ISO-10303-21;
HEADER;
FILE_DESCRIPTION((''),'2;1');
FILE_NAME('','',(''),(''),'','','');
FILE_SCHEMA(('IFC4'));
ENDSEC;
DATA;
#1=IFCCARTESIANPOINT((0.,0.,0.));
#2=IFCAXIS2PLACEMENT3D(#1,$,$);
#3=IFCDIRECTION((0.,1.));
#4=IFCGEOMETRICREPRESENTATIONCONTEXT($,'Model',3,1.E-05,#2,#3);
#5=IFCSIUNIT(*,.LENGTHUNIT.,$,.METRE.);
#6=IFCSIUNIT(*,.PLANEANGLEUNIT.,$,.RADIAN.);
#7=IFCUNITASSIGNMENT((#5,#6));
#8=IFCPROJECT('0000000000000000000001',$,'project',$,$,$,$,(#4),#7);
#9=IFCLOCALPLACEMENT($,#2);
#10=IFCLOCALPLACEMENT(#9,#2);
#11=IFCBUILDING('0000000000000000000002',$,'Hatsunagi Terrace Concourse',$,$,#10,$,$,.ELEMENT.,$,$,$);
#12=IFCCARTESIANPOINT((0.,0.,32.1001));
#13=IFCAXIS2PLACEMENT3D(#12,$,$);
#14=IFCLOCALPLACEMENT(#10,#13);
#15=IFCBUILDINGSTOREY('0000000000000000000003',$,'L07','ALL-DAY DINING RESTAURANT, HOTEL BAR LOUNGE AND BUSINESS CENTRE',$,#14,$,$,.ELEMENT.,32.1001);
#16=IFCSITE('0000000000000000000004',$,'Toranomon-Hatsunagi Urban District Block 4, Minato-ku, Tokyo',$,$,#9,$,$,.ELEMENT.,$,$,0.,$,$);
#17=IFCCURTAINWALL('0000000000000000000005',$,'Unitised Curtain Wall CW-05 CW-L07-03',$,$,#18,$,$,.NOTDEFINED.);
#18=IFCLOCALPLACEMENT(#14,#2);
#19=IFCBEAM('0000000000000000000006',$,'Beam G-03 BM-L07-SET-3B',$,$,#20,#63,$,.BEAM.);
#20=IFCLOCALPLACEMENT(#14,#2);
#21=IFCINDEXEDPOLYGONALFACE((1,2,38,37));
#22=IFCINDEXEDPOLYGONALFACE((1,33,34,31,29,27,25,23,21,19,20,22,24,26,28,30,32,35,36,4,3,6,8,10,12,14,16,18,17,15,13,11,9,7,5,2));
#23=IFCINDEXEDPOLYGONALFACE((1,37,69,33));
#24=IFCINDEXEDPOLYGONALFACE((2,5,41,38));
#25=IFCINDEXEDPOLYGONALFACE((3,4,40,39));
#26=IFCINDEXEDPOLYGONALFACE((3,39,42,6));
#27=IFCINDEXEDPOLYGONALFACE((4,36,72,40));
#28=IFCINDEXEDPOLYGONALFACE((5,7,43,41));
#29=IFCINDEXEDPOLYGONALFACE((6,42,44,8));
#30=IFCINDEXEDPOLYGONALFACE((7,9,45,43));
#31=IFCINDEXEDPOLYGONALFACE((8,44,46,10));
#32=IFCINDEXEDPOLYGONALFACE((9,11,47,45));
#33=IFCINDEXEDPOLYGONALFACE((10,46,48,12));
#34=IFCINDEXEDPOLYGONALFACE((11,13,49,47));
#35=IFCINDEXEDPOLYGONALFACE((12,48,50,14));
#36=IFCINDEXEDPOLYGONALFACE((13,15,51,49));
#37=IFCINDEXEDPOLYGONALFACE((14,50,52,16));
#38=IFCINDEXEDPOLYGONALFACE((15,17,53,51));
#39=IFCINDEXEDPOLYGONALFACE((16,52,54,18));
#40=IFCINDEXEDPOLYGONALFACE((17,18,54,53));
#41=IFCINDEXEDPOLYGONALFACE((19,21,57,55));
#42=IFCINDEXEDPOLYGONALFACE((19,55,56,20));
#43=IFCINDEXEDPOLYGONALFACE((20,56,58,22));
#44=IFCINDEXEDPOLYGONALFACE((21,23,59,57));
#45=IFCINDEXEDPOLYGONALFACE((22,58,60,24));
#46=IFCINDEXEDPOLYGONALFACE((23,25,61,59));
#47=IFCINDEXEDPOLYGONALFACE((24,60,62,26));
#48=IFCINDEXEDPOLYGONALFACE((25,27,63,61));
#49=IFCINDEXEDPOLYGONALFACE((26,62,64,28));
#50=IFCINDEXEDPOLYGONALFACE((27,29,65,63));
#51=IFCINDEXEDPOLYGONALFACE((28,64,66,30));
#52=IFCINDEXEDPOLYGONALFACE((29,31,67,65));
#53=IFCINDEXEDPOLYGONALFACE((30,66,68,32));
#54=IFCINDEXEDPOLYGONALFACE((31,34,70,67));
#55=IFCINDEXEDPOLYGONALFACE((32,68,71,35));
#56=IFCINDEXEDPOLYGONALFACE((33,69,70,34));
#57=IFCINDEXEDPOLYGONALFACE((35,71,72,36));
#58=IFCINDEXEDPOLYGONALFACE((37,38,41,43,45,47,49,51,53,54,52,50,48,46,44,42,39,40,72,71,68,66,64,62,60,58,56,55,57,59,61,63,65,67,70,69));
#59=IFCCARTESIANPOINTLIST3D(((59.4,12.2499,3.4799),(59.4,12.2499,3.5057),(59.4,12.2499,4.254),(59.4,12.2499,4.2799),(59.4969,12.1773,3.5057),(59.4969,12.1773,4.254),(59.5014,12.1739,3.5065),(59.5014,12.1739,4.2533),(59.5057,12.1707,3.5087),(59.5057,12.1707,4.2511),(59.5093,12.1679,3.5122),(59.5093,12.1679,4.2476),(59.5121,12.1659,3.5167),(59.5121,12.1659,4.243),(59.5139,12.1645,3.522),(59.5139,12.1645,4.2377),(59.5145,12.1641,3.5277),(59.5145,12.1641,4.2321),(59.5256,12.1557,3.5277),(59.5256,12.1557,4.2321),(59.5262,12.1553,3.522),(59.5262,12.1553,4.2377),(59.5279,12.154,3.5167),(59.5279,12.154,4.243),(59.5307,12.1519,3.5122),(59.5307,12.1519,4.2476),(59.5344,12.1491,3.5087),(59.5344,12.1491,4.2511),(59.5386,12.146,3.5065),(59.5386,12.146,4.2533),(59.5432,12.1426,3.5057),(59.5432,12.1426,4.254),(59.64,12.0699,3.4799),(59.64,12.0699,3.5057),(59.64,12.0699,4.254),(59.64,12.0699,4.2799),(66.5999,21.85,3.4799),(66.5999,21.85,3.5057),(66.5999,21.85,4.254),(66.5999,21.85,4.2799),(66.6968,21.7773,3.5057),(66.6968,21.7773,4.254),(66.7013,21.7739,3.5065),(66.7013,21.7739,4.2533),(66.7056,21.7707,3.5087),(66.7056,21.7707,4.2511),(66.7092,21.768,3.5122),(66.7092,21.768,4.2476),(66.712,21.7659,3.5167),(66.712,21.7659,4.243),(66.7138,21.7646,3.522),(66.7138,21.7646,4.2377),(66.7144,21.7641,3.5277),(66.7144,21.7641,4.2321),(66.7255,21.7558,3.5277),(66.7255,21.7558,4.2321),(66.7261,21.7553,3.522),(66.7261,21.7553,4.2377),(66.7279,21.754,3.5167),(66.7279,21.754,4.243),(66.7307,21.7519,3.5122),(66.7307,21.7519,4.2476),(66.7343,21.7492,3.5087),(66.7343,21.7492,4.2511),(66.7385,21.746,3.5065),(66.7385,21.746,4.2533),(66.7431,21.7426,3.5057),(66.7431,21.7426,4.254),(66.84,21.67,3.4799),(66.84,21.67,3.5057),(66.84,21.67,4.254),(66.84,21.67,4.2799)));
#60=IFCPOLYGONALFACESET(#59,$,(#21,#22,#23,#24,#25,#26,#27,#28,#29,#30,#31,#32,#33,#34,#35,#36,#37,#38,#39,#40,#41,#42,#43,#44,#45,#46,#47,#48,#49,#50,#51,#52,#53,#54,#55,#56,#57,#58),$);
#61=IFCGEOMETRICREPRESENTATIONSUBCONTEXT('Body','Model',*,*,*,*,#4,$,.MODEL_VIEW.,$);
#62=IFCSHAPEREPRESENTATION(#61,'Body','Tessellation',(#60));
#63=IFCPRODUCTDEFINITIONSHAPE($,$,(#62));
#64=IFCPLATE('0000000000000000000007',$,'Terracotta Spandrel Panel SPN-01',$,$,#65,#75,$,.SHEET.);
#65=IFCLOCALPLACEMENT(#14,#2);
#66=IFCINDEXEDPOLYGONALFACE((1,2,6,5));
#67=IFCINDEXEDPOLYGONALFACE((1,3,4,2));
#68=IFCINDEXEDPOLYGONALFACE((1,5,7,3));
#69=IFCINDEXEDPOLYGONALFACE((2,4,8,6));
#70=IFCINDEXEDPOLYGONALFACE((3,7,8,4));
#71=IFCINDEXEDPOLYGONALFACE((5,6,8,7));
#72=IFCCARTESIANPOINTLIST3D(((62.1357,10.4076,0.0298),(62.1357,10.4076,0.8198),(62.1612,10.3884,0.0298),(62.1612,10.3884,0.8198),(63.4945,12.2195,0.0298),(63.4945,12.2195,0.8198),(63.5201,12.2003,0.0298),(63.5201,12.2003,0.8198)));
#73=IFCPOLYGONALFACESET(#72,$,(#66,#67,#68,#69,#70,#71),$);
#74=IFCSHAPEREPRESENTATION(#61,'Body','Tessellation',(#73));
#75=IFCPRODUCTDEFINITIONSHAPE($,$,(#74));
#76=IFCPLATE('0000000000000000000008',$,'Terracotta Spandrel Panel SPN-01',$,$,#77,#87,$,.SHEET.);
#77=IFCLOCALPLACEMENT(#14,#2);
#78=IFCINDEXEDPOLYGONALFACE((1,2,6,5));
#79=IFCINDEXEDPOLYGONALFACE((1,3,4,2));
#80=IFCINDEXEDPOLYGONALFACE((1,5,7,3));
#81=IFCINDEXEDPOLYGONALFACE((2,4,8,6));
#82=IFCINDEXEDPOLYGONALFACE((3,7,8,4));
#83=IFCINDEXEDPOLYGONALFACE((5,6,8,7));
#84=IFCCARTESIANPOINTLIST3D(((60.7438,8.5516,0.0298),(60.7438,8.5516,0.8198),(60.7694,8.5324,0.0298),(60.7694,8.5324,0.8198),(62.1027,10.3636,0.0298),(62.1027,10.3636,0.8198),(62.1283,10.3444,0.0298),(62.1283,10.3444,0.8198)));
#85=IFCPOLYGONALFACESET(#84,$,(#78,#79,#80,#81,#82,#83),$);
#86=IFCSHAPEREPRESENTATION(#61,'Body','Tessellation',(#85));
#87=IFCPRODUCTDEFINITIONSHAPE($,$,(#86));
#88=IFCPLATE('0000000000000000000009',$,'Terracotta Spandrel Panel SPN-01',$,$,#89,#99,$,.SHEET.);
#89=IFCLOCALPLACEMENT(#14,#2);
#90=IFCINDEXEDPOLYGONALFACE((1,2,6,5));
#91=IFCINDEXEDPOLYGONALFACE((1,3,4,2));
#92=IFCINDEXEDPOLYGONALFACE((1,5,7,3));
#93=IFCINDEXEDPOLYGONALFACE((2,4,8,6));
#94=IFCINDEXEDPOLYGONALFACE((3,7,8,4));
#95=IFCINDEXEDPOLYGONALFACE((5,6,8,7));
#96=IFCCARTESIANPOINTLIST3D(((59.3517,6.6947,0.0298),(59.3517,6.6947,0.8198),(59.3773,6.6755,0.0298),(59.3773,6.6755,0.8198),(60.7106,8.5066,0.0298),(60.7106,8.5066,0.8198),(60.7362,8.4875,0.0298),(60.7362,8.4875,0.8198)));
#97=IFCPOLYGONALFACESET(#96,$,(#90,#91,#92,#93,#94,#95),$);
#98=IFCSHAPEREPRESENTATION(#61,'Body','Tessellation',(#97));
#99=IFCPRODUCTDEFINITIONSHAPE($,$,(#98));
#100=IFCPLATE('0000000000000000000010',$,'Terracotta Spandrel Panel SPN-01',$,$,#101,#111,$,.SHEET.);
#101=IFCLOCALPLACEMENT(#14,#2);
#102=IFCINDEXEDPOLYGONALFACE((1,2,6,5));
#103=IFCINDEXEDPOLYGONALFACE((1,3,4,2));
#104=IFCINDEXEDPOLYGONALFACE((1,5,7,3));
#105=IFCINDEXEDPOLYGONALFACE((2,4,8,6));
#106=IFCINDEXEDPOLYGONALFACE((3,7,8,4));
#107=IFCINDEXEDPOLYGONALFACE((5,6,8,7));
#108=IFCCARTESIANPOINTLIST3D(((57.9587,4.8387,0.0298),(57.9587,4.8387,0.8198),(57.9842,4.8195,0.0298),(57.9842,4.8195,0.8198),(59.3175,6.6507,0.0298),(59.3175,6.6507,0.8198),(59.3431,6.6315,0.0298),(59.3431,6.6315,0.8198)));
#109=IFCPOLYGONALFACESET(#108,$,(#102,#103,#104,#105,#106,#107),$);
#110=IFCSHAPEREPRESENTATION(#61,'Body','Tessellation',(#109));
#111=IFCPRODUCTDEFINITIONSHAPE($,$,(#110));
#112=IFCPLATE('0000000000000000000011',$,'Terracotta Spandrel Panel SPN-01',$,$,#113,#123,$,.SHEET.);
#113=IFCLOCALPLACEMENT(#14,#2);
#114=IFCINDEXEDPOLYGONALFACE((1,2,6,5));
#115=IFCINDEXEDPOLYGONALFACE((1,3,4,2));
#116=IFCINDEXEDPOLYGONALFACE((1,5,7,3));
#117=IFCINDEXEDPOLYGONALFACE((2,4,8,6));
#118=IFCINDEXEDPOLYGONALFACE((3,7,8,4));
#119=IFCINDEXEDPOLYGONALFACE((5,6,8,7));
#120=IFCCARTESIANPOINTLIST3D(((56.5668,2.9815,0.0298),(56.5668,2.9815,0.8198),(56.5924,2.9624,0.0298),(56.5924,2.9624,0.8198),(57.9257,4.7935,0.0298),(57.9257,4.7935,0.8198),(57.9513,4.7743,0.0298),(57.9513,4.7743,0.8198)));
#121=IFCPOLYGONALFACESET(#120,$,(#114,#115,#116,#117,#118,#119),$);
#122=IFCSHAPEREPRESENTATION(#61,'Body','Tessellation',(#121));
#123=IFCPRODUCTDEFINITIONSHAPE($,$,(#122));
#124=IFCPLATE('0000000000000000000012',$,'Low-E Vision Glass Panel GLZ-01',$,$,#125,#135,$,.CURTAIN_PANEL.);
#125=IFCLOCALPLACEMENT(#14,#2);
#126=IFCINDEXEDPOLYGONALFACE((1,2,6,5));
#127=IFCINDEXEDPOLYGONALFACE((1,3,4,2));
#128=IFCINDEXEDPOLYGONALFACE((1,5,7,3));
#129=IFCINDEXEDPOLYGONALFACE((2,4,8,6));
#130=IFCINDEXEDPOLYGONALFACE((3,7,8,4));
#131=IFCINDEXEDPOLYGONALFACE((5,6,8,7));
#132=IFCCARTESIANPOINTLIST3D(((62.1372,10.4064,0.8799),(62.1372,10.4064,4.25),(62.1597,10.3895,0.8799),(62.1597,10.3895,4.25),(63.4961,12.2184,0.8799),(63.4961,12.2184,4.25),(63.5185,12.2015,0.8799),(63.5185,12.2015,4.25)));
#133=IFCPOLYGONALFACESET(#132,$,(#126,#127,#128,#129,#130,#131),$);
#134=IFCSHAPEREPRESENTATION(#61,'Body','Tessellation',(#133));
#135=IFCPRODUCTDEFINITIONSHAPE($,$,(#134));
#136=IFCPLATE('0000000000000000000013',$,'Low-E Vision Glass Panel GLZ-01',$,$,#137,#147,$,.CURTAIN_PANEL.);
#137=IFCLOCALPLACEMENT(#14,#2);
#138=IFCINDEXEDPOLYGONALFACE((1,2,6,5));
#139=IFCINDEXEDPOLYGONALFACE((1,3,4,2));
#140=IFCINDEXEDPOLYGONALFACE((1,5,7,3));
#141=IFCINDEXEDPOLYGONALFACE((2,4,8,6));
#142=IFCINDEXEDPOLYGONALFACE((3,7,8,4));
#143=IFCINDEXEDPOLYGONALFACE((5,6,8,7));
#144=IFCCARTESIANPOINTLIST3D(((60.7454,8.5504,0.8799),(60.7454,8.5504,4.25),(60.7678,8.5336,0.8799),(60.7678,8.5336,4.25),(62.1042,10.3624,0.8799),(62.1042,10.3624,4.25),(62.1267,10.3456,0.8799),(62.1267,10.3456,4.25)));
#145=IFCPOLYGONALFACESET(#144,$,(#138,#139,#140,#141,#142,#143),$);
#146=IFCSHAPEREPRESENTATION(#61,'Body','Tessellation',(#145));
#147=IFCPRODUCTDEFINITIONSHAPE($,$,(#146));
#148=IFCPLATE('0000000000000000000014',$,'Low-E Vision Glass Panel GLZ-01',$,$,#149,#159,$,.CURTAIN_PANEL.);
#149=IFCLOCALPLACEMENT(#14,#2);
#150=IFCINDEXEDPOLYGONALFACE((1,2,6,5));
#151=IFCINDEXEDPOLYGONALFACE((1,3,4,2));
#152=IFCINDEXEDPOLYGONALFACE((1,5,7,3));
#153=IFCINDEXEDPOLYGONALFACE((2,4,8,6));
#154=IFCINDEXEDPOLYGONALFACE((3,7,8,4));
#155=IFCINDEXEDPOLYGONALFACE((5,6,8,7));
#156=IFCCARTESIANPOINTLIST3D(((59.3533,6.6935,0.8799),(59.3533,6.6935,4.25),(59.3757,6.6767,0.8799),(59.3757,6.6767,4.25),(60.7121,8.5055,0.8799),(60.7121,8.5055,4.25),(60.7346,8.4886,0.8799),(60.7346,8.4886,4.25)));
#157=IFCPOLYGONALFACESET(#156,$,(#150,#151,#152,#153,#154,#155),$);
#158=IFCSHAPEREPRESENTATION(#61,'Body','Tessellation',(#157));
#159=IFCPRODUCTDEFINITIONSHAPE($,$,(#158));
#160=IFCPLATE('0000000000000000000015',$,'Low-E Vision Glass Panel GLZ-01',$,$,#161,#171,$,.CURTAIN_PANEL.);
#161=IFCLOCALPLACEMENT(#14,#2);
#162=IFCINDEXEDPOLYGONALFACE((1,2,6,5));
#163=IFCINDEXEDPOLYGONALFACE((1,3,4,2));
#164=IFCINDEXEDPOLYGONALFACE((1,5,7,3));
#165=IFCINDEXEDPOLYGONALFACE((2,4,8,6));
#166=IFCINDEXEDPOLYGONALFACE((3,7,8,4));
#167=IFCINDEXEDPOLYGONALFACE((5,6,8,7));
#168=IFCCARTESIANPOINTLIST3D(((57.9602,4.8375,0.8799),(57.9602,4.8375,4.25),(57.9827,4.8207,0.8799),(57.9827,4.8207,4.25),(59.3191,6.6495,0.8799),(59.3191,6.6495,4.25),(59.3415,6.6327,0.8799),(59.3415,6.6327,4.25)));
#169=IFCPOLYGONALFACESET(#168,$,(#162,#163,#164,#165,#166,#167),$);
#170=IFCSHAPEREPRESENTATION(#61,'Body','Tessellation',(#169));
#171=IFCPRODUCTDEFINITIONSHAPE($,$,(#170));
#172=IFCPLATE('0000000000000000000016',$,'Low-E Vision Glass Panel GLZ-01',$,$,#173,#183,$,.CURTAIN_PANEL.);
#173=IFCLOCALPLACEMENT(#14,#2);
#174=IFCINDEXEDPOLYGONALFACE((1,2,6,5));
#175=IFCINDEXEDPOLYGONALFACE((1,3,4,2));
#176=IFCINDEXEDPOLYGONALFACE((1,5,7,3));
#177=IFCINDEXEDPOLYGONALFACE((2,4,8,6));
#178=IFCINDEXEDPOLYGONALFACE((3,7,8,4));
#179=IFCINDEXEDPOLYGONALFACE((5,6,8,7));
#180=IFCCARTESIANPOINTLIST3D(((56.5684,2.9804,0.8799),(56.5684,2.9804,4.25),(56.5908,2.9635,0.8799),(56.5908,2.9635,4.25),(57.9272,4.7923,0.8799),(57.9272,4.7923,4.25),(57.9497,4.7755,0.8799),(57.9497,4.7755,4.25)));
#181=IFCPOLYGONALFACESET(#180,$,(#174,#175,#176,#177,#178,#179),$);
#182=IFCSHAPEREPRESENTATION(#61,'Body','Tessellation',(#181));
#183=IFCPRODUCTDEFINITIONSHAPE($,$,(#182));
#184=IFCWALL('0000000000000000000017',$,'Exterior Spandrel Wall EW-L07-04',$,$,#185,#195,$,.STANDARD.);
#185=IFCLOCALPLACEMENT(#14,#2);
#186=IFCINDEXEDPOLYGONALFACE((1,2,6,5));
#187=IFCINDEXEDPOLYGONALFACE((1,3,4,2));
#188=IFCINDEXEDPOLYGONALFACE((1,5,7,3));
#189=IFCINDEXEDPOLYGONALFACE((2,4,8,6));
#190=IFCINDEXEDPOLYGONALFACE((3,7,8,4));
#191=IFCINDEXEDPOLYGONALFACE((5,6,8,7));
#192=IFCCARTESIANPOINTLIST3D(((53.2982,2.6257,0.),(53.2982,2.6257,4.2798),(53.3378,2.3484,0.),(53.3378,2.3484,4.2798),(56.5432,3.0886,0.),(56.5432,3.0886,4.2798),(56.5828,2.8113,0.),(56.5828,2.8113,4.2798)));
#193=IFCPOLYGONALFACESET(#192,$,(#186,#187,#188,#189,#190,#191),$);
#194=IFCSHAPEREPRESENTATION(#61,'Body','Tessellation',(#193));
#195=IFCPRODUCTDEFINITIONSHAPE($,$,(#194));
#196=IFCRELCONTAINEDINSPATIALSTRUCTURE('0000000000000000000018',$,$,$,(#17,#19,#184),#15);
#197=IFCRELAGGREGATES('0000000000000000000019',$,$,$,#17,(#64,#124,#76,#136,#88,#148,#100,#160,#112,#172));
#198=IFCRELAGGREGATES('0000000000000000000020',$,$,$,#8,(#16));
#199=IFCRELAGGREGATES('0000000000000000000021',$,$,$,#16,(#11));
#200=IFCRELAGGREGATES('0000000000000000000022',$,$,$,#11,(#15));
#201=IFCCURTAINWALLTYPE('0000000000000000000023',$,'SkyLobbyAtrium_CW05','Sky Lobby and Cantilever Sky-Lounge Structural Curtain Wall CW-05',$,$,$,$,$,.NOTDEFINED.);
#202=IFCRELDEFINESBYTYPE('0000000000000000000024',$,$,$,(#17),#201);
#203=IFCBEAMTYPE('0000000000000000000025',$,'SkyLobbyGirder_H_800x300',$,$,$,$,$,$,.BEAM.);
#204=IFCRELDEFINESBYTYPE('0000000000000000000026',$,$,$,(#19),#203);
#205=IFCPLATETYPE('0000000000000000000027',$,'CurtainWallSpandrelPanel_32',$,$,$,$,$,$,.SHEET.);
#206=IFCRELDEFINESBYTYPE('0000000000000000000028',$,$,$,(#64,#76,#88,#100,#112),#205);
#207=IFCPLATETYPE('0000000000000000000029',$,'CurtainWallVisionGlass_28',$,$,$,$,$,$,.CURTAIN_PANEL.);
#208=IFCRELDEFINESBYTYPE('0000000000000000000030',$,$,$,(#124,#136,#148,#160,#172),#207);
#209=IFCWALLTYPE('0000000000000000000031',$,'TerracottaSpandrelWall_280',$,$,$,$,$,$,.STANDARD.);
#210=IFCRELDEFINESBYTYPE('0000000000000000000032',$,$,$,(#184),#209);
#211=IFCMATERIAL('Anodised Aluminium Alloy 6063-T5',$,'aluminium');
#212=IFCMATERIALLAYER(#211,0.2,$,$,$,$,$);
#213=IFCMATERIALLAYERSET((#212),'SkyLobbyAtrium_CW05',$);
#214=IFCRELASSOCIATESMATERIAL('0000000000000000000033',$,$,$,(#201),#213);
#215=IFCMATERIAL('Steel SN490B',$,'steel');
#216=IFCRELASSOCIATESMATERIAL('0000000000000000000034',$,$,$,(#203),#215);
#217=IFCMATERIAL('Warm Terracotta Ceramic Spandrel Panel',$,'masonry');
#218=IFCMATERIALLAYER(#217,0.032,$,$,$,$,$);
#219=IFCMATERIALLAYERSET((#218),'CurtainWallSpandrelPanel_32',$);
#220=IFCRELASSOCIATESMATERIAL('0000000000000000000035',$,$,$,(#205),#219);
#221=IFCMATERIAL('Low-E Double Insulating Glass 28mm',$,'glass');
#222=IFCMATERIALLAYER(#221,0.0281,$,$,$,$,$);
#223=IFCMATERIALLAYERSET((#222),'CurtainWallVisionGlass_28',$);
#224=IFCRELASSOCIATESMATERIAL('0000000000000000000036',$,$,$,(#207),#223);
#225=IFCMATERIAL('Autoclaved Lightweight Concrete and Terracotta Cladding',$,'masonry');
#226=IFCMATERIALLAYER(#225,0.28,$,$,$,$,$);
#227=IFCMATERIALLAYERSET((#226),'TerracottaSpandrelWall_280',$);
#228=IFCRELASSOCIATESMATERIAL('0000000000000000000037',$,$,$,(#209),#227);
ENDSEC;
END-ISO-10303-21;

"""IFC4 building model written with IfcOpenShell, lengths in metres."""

from ifc_helpers import new_model, si_unit, direction, frame, frame_2d, origin, origin_2d, place, context, subcontext, project, spatial, rectangle, i_section, extrude, material, layer, layer_set, material_profile, profile_set, type_object, element, aggregate, save


model = new_model("IFC4")

# Units and contexts
model_context = context("Model", 3, precision=1e-05, world=origin(), true_north=direction((0.0, 1.0)))
body_context = subcontext(model_context, "Body", "Model", "MODEL_VIEW")
ifc_project = project(units=[si_unit("LENGTHUNIT", "METRE"), si_unit("PLANEANGLEUNIT", "RADIAN")], contexts=[model_context])

# Site, building, storey
site_placement = place(None, origin())
site = spatial("IfcSite", under=ifc_project, at=site_placement, Name="Toranomon-Hatsunagi Urban District Block 4, Minato-ku, Tokyo", CompositionType="ELEMENT", RefElevation=0.0)
building_placement = place(site_placement, origin())
building = spatial("IfcBuilding", under=site, at=building_placement, Name="Hatsunagi Terrace Concourse", CompositionType="ELEMENT")
storey_placement = place(building_placement, frame((0.0, 0.0, 32.1001)))
storey = spatial("IfcBuildingStorey", under=building, at=storey_placement, Name="L07", Description="ALL-DAY DINING RESTAURANT, HOTEL BAR LOUNGE AND BUSINESS CENTRE", CompositionType="ELEMENT", Elevation=32.1001)

# Curtain wall
ifc_material_1 = material(Name="Anodised Aluminium Alloy 6063-T5", Category="aluminium")
ifc_layer_1 = layer(ifc_material_1, 0.2)
ifc_layer_set_1 = layer_set([ifc_layer_1], Name="SkyLobbyAtrium_CW05")
curtain_wall_type = type_object("IfcCurtainWallType", Name="SkyLobbyAtrium_CW05", Description="Sky Lobby and Cantilever Sky-Lounge Structural Curtain Wall CW-05", PredefinedType="NOTDEFINED", material=ifc_layer_set_1)
curtain_wall_placement = place(storey_placement, origin())
curtain_wall = element("IfcCurtainWall", 1, at=curtain_wall_placement, inside=storey, type_object=curtain_wall_type, Name="Unitised Curtain Wall CW-05 CW-L07-03", PredefinedType="NOTDEFINED")

# Beam
ifc_material_2 = material(Name="Steel SN490B", Category="steel")
ifc_material_profile_1 = material_profile(ifc_material_2, i_section(OverallWidth=0.3, OverallDepth=0.8, WebThickness=0.0139, FlangeThickness=0.0259, FilletRadius=0.022, at=origin_2d()), Name="H-800x300x14x26")
ifc_profile_set_1 = profile_set([ifc_material_profile_1], Name="Steel SN490B")
beam_type = type_object("IfcBeamType", Name="SkyLobbyGirder_H_800x300", PredefinedType="BEAM", material=ifc_profile_set_1)
beam_1_placement = place(storey_placement, frame((59.52, 12.1599, 3.8799), z_axis=(0.599993, 0.800005, 0.0), x_axis=(-0.800005, 0.599993, 0.0)))
element("IfcBeam", 2, at=beam_1_placement, inside=storey, type_object=beam_type, Name="Beam G-03 BM-L07-SET-3B", PredefinedType="BEAM", context=body_context, shape_type="SweptSolid", body=[
    extrude(i_section(OverallWidth=0.3, OverallDepth=0.8, WebThickness=0.0139, FlangeThickness=0.0259, FilletRadius=0.022, at=origin_2d()), origin(), (0.0, 0.0, 1.0), 12.0),
])

# Plates
ifc_material_3 = material(Name="Warm Terracotta Ceramic Spandrel Panel", Category="masonry")
ifc_layer_2 = layer(ifc_material_3, 0.032)
ifc_layer_set_2 = layer_set([ifc_layer_2], Name="CurtainWallSpandrelPanel_32")
plate_type_1 = type_object("IfcPlateType", Name="CurtainWallSpandrelPanel_32", PredefinedType="SHEET", material=ifc_layer_set_2)
plate_1_placement = place(storey_placement, frame((62.8279, 11.304, 0.0298), z_axis=(0.0, 0.0, 1.0), x_axis=(-0.599969, -0.800023, 0.0)))
plate_1 = element("IfcPlate", 3, at=plate_1_placement, type_object=plate_type_1, Name="Terracotta Spandrel Panel SPN-01", PredefinedType="SHEET", context=body_context, shape_type="SweptSolid", body=[
    extrude(rectangle(XDim=2.2649, YDim=0.032, at=origin_2d()), origin(), (0.0, 0.0, 1.0), 0.79),
])
plate_2_placement = place(storey_placement, frame((61.436, 9.448, 0.0298), z_axis=(0.0, 0.0, 1.0), x_axis=(-0.599969, -0.800023, 0.0)))
plate_2 = element("IfcPlate", 4, at=plate_2_placement, type_object=plate_type_1, Name="Terracotta Spandrel Panel SPN-01", PredefinedType="SHEET", context=body_context, shape_type="SweptSolid", body=[
    extrude(rectangle(XDim=2.2649, YDim=0.032, at=origin_2d()), origin(), (0.0, 0.0, 1.0), 0.79),
])
plate_3_placement = place(storey_placement, frame((60.0439, 7.5911, 0.0298), z_axis=(0.0, 0.0, 1.0), x_axis=(-0.599969, -0.800023, 0.0)))
plate_3 = element("IfcPlate", 5, at=plate_3_placement, type_object=plate_type_1, Name="Terracotta Spandrel Panel SPN-01", PredefinedType="SHEET", context=body_context, shape_type="SweptSolid", body=[
    extrude(rectangle(XDim=2.2649, YDim=0.032, at=origin_2d()), origin(), (0.0, 0.0, 1.0), 0.79),
])
plate_4_placement = place(storey_placement, frame((58.6509, 5.7351, 0.0298), z_axis=(0.0, 0.0, 1.0), x_axis=(-0.599969, -0.800023, 0.0)))
plate_4 = element("IfcPlate", 6, at=plate_4_placement, type_object=plate_type_1, Name="Terracotta Spandrel Panel SPN-01", PredefinedType="SHEET", context=body_context, shape_type="SweptSolid", body=[
    extrude(rectangle(XDim=2.2649, YDim=0.032, at=origin_2d()), origin(), (0.0, 0.0, 1.0), 0.79),
])
plate_5_placement = place(storey_placement, frame((57.259, 3.8779, 0.0298), z_axis=(0.0, 0.0, 1.0), x_axis=(-0.599969, -0.800023, 0.0)))
plate_5 = element("IfcPlate", 7, at=plate_5_placement, type_object=plate_type_1, Name="Terracotta Spandrel Panel SPN-01", PredefinedType="SHEET", context=body_context, shape_type="SweptSolid", body=[
    extrude(rectangle(XDim=2.2649, YDim=0.032, at=origin_2d()), origin(), (0.0, 0.0, 1.0), 0.79),
])
ifc_material_4 = material(Name="Low-E Double Insulating Glass 28mm", Category="glass")
ifc_layer_3 = layer(ifc_material_4, 0.0281)
ifc_layer_set_3 = layer_set([ifc_layer_3], Name="CurtainWallVisionGlass_28")
plate_type_2 = type_object("IfcPlateType", Name="CurtainWallVisionGlass_28", PredefinedType="CURTAIN_PANEL", material=ifc_layer_set_3)
plate_6_placement = place(storey_placement, frame((62.8279, 11.304, 0.8799), z_axis=(0.0, 0.0, 1.0), x_axis=(-0.599969, -0.800023, 0.0)))
plate_6 = element("IfcPlate", 8, at=plate_6_placement, type_object=plate_type_2, Name="Low-E Vision Glass Panel GLZ-01", PredefinedType="CURTAIN_PANEL", context=body_context, shape_type="SweptSolid", body=[
    extrude(rectangle(XDim=2.2649, YDim=0.0281, at=origin_2d()), origin(), (0.0, 0.0, 1.0), 3.3701),
])
plate_7_placement = place(storey_placement, frame((61.436, 9.448, 0.8799), z_axis=(0.0, 0.0, 1.0), x_axis=(-0.599969, -0.800023, 0.0)))
plate_7 = element("IfcPlate", 9, at=plate_7_placement, type_object=plate_type_2, Name="Low-E Vision Glass Panel GLZ-01", PredefinedType="CURTAIN_PANEL", context=body_context, shape_type="SweptSolid", body=[
    extrude(rectangle(XDim=2.2649, YDim=0.0281, at=origin_2d()), origin(), (0.0, 0.0, 1.0), 3.3701),
])
plate_8_placement = place(storey_placement, frame((60.0439, 7.5911, 0.8799), z_axis=(0.0, 0.0, 1.0), x_axis=(-0.599969, -0.800023, 0.0)))
plate_8 = element("IfcPlate", 10, at=plate_8_placement, type_object=plate_type_2, Name="Low-E Vision Glass Panel GLZ-01", PredefinedType="CURTAIN_PANEL", context=body_context, shape_type="SweptSolid", body=[
    extrude(rectangle(XDim=2.2649, YDim=0.0281, at=origin_2d()), origin(), (0.0, 0.0, 1.0), 3.3701),
])
plate_9_placement = place(storey_placement, frame((58.6509, 5.7351, 0.8799), z_axis=(0.0, 0.0, 1.0), x_axis=(-0.599969, -0.800023, 0.0)))
plate_9 = element("IfcPlate", 11, at=plate_9_placement, type_object=plate_type_2, Name="Low-E Vision Glass Panel GLZ-01", PredefinedType="CURTAIN_PANEL", context=body_context, shape_type="SweptSolid", body=[
    extrude(rectangle(XDim=2.2649, YDim=0.0281, at=origin_2d()), origin(), (0.0, 0.0, 1.0), 3.3701),
])
plate_10_placement = place(storey_placement, frame((57.259, 3.8779, 0.8799), z_axis=(0.0, 0.0, 1.0), x_axis=(-0.599969, -0.800023, 0.0)))
plate_10 = element("IfcPlate", 12, at=plate_10_placement, type_object=plate_type_2, Name="Low-E Vision Glass Panel GLZ-01", PredefinedType="CURTAIN_PANEL", context=body_context, shape_type="SweptSolid", body=[
    extrude(rectangle(XDim=2.2649, YDim=0.0281, at=origin_2d()), origin(), (0.0, 0.0, 1.0), 3.3701),
])
aggregate(curtain_wall, [plate_1, plate_6, plate_2, plate_7, plate_3, plate_8, plate_4, plate_9, plate_5, plate_10])

# Wall
ifc_material_5 = material(Name="Autoclaved Lightweight Concrete and Terracotta Cladding", Category="masonry")
ifc_layer_4 = layer(ifc_material_5, 0.28)
ifc_layer_set_4 = layer_set([ifc_layer_4], Name="TerracottaSpandrelWall_280")
wall_type = type_object("IfcWallType", Name="TerracottaSpandrelWall_280", PredefinedType="STANDARD", material=ifc_layer_set_4)
wall_placement = place(storey_placement, frame((56.563, 2.95, 0.0), z_axis=(0.0, 0.0, 1.0), x_axis=(-0.989978, -0.141223, 0.0)))
element("IfcWall", 13, at=wall_placement, inside=storey, type_object=wall_type, Name="Exterior Spandrel Wall EW-L07-04", PredefinedType="STANDARD", context=body_context, shape_type="SweptSolid", body=[
    extrude(rectangle(XDim=3.2778, YDim=0.28, at=frame_2d((1.6389, 0.0))), origin(), (0.0, 0.0, 1.0), 4.2798),
])

save(model, "model.ifc")
